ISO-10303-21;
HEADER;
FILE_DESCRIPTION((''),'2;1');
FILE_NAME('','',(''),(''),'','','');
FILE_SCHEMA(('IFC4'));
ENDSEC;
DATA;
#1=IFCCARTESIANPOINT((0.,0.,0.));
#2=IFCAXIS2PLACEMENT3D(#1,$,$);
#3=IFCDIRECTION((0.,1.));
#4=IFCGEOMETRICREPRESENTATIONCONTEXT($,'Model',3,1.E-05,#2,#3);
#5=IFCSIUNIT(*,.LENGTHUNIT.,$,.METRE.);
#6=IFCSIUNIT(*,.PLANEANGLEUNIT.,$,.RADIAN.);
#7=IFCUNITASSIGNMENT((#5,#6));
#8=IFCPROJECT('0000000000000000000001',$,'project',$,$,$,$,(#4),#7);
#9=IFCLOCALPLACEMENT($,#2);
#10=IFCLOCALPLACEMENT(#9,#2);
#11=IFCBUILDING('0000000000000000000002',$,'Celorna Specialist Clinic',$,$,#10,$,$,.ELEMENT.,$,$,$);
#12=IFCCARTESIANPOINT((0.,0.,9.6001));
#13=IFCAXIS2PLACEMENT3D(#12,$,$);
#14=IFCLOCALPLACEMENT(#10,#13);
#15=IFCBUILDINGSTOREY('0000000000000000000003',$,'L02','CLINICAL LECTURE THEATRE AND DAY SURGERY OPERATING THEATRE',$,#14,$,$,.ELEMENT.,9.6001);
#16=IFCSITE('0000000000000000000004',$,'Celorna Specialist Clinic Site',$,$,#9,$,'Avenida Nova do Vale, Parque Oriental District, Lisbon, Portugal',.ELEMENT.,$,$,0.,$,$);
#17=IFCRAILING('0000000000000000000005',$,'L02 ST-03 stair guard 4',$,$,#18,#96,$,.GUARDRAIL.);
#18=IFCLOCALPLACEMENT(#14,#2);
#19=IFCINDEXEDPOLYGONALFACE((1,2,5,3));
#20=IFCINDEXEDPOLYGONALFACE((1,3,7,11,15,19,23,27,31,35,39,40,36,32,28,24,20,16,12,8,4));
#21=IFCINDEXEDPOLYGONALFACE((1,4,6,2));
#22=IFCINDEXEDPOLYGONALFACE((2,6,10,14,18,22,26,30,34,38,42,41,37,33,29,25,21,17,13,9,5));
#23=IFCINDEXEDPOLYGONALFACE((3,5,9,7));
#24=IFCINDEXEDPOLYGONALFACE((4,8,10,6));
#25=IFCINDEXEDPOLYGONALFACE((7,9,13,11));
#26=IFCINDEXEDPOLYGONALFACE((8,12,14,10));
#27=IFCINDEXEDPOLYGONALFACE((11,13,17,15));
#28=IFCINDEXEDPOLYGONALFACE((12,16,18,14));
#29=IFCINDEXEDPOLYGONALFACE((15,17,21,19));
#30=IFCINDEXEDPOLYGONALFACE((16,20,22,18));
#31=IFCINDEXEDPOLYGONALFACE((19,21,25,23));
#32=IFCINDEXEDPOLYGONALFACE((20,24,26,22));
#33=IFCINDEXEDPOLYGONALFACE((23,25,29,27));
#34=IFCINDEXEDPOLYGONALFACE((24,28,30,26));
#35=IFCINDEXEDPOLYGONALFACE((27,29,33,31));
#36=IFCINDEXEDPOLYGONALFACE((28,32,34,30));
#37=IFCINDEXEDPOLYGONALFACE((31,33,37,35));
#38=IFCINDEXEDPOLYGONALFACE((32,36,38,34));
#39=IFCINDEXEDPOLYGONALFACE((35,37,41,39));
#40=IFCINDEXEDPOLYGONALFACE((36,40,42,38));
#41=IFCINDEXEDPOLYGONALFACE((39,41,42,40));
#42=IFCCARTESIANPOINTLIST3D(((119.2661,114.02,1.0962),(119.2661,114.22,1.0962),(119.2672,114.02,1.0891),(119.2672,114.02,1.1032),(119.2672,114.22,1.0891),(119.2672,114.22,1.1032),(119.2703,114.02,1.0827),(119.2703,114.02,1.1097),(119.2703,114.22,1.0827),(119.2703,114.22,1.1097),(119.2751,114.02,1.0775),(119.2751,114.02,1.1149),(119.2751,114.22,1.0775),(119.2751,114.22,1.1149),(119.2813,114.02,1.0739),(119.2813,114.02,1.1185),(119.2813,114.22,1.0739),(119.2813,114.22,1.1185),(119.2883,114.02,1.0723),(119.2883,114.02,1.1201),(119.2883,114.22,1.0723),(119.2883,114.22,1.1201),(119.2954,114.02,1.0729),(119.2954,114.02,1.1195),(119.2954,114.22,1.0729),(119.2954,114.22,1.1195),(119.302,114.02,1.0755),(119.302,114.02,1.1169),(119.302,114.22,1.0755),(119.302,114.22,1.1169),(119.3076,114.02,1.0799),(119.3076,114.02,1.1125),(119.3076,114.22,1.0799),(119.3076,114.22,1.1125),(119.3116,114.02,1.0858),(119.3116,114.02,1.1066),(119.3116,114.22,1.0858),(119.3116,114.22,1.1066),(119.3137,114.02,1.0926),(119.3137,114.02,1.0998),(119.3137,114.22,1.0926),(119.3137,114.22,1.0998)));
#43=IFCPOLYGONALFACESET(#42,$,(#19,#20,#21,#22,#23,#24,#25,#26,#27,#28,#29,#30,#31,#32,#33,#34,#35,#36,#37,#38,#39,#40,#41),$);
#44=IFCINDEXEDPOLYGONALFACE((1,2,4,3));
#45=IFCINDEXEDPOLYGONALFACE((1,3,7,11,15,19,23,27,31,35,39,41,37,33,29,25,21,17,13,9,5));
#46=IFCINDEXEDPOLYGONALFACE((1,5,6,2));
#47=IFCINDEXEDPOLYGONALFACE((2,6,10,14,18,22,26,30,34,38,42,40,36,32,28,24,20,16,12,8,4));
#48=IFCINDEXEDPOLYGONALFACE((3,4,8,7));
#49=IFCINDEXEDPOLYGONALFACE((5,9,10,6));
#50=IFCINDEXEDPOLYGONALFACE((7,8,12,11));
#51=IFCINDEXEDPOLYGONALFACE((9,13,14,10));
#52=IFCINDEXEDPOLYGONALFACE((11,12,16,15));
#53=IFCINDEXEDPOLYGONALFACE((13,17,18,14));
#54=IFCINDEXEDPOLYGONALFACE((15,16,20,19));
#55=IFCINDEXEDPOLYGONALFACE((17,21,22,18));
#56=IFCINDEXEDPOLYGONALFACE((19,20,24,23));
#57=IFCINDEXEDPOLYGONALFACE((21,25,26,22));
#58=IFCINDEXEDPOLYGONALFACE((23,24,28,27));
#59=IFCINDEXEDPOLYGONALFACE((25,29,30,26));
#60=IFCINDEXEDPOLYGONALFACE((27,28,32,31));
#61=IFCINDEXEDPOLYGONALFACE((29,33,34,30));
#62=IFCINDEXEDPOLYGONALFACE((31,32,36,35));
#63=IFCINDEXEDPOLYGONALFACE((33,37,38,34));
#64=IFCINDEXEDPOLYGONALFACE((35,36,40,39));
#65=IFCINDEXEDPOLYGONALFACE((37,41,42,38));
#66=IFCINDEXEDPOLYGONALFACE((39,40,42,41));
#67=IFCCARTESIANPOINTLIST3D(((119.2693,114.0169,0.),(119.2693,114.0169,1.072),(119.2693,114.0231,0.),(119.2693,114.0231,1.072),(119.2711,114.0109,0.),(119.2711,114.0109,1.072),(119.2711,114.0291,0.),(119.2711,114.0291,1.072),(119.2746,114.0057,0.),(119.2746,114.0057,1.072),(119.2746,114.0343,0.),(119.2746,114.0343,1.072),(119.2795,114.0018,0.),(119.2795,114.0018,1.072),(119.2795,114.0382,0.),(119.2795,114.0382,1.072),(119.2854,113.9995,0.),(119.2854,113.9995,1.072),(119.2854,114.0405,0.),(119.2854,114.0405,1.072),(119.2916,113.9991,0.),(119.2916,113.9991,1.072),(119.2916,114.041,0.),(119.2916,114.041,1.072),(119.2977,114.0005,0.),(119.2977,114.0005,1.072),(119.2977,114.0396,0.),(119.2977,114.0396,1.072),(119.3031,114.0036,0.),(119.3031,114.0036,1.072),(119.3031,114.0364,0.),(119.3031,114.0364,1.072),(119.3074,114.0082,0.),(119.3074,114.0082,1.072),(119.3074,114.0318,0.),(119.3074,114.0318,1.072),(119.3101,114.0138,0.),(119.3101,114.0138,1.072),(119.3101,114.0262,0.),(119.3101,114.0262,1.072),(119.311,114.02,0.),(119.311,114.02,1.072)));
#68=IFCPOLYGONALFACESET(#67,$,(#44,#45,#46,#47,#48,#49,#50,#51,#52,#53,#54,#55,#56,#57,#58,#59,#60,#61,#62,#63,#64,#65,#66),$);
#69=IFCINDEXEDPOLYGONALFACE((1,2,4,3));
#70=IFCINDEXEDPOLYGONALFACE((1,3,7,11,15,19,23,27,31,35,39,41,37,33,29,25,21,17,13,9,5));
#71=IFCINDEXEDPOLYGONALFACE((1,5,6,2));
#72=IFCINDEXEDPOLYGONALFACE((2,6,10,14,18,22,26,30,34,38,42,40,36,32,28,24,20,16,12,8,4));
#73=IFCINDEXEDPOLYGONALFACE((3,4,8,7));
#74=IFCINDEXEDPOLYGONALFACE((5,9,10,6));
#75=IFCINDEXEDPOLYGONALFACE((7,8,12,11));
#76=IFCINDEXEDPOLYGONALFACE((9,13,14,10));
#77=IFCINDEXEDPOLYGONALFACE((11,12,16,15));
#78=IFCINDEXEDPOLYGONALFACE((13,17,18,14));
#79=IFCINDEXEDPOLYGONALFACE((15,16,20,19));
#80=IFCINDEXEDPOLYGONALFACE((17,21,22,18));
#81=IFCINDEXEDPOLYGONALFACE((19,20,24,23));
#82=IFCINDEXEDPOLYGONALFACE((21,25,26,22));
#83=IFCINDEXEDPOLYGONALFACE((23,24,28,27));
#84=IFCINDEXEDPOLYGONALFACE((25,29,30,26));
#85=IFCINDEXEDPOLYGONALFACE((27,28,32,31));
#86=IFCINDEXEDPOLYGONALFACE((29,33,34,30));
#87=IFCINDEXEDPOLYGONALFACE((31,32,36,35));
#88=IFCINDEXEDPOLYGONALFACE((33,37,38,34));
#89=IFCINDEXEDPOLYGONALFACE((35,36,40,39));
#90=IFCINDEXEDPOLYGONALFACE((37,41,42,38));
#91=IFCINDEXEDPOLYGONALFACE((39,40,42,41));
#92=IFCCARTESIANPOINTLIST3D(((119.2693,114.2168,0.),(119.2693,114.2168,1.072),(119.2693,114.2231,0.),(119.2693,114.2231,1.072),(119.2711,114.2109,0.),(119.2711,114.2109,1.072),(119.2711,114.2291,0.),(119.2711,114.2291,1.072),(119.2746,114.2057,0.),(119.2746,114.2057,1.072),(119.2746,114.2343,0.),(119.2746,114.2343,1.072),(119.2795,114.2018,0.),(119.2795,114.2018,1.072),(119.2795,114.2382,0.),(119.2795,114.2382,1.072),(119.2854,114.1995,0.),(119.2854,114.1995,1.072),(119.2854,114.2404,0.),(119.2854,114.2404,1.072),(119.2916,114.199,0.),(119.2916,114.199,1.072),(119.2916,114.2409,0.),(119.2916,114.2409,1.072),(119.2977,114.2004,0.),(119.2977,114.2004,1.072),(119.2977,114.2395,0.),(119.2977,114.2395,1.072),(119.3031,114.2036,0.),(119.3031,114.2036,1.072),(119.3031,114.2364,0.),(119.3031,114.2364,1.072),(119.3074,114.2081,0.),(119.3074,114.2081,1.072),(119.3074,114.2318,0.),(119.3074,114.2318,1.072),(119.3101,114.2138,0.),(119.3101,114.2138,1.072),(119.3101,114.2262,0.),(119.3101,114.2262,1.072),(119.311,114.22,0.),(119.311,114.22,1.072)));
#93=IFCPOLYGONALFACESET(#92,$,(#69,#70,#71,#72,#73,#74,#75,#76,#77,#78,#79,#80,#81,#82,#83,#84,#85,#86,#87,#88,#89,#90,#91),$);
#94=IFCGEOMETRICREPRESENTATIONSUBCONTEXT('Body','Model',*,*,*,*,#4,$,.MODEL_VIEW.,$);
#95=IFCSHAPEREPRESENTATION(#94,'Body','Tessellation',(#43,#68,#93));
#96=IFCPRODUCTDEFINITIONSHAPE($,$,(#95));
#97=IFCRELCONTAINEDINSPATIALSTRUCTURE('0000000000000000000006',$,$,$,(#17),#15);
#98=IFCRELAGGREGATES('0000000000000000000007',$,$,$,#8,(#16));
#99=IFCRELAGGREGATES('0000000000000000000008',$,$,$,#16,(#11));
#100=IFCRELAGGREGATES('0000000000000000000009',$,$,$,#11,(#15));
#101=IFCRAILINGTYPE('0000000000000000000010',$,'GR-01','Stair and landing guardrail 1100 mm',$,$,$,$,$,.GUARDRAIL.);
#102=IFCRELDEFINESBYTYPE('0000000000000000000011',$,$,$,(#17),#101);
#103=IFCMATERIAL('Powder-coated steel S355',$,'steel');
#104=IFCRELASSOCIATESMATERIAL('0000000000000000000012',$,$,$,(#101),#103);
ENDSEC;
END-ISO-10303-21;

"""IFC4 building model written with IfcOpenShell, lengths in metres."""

from ifc_helpers import new_model, si_unit, direction, frame, origin, origin_2d, place, context, subcontext, project, spatial, circle, extrude, material, type_object, element, save


model = new_model("IFC4")

# Units and contexts
model_context = context("Model", 3, precision=1e-05, world=origin(), true_north=direction((0.0, 1.0)))
body_context = subcontext(model_context, "Body", "Model", "MODEL_VIEW")
ifc_project = project(units=[si_unit("LENGTHUNIT", "METRE"), si_unit("PLANEANGLEUNIT", "RADIAN")], contexts=[model_context])

# Site, building, storey
site_placement = place(None, origin())
site = spatial("IfcSite", under=ifc_project, at=site_placement, Name="Celorna Specialist Clinic Site", LongName="Avenida Nova do Vale, Parque Oriental District, Lisbon, Portugal", CompositionType="ELEMENT", RefElevation=0.0)
building_placement = place(site_placement, origin())
building = spatial("IfcBuilding", under=site, at=building_placement, Name="Celorna Specialist Clinic", CompositionType="ELEMENT")
storey_placement = place(building_placement, frame((0.0, 0.0, 9.6001)))
storey = spatial("IfcBuildingStorey", under=building, at=storey_placement, Name="L02", Description="CLINICAL LECTURE THEATRE AND DAY SURGERY OPERATING THEATRE", CompositionType="ELEMENT", Elevation=9.6001)

# Railing
ifc_material_1 = material(Name="Powder-coated steel S355", Category="steel")
railing_type_1 = type_object("IfcRailingType", Name="GR-01", Description="Stair and landing guardrail 1100 mm", PredefinedType="GUARDRAIL", material=ifc_material_1)
railing_1_placement = place(storey_placement, frame((119.29, 114.02, 0.0)))
element("IfcRailing", 1, at=railing_1_placement, inside=storey, type_object=railing_type_1, Name="L02 ST-03 stair guard 4", PredefinedType="GUARDRAIL", context=body_context, shape_type="SweptSolid", body=[
    extrude(circle(Radius=0.0239, at=origin_2d()), frame((0.0, 0.0, 1.0962), z_axis=(0.0, 1.0, 0.0), x_axis=(-1.0, 0.0, 0.0)), (0.0, 0.0, 1.0), 0.2),
    extrude(circle(Radius=0.021, at=origin_2d()), origin(), (0.0, 0.0, 1.0), 1.072),
    extrude(circle(Radius=0.021, at=origin_2d()), frame((0.0, 0.2, 0.0)), (0.0, 0.0, 1.0), 1.072),
])

save(model, "model.ifc")
